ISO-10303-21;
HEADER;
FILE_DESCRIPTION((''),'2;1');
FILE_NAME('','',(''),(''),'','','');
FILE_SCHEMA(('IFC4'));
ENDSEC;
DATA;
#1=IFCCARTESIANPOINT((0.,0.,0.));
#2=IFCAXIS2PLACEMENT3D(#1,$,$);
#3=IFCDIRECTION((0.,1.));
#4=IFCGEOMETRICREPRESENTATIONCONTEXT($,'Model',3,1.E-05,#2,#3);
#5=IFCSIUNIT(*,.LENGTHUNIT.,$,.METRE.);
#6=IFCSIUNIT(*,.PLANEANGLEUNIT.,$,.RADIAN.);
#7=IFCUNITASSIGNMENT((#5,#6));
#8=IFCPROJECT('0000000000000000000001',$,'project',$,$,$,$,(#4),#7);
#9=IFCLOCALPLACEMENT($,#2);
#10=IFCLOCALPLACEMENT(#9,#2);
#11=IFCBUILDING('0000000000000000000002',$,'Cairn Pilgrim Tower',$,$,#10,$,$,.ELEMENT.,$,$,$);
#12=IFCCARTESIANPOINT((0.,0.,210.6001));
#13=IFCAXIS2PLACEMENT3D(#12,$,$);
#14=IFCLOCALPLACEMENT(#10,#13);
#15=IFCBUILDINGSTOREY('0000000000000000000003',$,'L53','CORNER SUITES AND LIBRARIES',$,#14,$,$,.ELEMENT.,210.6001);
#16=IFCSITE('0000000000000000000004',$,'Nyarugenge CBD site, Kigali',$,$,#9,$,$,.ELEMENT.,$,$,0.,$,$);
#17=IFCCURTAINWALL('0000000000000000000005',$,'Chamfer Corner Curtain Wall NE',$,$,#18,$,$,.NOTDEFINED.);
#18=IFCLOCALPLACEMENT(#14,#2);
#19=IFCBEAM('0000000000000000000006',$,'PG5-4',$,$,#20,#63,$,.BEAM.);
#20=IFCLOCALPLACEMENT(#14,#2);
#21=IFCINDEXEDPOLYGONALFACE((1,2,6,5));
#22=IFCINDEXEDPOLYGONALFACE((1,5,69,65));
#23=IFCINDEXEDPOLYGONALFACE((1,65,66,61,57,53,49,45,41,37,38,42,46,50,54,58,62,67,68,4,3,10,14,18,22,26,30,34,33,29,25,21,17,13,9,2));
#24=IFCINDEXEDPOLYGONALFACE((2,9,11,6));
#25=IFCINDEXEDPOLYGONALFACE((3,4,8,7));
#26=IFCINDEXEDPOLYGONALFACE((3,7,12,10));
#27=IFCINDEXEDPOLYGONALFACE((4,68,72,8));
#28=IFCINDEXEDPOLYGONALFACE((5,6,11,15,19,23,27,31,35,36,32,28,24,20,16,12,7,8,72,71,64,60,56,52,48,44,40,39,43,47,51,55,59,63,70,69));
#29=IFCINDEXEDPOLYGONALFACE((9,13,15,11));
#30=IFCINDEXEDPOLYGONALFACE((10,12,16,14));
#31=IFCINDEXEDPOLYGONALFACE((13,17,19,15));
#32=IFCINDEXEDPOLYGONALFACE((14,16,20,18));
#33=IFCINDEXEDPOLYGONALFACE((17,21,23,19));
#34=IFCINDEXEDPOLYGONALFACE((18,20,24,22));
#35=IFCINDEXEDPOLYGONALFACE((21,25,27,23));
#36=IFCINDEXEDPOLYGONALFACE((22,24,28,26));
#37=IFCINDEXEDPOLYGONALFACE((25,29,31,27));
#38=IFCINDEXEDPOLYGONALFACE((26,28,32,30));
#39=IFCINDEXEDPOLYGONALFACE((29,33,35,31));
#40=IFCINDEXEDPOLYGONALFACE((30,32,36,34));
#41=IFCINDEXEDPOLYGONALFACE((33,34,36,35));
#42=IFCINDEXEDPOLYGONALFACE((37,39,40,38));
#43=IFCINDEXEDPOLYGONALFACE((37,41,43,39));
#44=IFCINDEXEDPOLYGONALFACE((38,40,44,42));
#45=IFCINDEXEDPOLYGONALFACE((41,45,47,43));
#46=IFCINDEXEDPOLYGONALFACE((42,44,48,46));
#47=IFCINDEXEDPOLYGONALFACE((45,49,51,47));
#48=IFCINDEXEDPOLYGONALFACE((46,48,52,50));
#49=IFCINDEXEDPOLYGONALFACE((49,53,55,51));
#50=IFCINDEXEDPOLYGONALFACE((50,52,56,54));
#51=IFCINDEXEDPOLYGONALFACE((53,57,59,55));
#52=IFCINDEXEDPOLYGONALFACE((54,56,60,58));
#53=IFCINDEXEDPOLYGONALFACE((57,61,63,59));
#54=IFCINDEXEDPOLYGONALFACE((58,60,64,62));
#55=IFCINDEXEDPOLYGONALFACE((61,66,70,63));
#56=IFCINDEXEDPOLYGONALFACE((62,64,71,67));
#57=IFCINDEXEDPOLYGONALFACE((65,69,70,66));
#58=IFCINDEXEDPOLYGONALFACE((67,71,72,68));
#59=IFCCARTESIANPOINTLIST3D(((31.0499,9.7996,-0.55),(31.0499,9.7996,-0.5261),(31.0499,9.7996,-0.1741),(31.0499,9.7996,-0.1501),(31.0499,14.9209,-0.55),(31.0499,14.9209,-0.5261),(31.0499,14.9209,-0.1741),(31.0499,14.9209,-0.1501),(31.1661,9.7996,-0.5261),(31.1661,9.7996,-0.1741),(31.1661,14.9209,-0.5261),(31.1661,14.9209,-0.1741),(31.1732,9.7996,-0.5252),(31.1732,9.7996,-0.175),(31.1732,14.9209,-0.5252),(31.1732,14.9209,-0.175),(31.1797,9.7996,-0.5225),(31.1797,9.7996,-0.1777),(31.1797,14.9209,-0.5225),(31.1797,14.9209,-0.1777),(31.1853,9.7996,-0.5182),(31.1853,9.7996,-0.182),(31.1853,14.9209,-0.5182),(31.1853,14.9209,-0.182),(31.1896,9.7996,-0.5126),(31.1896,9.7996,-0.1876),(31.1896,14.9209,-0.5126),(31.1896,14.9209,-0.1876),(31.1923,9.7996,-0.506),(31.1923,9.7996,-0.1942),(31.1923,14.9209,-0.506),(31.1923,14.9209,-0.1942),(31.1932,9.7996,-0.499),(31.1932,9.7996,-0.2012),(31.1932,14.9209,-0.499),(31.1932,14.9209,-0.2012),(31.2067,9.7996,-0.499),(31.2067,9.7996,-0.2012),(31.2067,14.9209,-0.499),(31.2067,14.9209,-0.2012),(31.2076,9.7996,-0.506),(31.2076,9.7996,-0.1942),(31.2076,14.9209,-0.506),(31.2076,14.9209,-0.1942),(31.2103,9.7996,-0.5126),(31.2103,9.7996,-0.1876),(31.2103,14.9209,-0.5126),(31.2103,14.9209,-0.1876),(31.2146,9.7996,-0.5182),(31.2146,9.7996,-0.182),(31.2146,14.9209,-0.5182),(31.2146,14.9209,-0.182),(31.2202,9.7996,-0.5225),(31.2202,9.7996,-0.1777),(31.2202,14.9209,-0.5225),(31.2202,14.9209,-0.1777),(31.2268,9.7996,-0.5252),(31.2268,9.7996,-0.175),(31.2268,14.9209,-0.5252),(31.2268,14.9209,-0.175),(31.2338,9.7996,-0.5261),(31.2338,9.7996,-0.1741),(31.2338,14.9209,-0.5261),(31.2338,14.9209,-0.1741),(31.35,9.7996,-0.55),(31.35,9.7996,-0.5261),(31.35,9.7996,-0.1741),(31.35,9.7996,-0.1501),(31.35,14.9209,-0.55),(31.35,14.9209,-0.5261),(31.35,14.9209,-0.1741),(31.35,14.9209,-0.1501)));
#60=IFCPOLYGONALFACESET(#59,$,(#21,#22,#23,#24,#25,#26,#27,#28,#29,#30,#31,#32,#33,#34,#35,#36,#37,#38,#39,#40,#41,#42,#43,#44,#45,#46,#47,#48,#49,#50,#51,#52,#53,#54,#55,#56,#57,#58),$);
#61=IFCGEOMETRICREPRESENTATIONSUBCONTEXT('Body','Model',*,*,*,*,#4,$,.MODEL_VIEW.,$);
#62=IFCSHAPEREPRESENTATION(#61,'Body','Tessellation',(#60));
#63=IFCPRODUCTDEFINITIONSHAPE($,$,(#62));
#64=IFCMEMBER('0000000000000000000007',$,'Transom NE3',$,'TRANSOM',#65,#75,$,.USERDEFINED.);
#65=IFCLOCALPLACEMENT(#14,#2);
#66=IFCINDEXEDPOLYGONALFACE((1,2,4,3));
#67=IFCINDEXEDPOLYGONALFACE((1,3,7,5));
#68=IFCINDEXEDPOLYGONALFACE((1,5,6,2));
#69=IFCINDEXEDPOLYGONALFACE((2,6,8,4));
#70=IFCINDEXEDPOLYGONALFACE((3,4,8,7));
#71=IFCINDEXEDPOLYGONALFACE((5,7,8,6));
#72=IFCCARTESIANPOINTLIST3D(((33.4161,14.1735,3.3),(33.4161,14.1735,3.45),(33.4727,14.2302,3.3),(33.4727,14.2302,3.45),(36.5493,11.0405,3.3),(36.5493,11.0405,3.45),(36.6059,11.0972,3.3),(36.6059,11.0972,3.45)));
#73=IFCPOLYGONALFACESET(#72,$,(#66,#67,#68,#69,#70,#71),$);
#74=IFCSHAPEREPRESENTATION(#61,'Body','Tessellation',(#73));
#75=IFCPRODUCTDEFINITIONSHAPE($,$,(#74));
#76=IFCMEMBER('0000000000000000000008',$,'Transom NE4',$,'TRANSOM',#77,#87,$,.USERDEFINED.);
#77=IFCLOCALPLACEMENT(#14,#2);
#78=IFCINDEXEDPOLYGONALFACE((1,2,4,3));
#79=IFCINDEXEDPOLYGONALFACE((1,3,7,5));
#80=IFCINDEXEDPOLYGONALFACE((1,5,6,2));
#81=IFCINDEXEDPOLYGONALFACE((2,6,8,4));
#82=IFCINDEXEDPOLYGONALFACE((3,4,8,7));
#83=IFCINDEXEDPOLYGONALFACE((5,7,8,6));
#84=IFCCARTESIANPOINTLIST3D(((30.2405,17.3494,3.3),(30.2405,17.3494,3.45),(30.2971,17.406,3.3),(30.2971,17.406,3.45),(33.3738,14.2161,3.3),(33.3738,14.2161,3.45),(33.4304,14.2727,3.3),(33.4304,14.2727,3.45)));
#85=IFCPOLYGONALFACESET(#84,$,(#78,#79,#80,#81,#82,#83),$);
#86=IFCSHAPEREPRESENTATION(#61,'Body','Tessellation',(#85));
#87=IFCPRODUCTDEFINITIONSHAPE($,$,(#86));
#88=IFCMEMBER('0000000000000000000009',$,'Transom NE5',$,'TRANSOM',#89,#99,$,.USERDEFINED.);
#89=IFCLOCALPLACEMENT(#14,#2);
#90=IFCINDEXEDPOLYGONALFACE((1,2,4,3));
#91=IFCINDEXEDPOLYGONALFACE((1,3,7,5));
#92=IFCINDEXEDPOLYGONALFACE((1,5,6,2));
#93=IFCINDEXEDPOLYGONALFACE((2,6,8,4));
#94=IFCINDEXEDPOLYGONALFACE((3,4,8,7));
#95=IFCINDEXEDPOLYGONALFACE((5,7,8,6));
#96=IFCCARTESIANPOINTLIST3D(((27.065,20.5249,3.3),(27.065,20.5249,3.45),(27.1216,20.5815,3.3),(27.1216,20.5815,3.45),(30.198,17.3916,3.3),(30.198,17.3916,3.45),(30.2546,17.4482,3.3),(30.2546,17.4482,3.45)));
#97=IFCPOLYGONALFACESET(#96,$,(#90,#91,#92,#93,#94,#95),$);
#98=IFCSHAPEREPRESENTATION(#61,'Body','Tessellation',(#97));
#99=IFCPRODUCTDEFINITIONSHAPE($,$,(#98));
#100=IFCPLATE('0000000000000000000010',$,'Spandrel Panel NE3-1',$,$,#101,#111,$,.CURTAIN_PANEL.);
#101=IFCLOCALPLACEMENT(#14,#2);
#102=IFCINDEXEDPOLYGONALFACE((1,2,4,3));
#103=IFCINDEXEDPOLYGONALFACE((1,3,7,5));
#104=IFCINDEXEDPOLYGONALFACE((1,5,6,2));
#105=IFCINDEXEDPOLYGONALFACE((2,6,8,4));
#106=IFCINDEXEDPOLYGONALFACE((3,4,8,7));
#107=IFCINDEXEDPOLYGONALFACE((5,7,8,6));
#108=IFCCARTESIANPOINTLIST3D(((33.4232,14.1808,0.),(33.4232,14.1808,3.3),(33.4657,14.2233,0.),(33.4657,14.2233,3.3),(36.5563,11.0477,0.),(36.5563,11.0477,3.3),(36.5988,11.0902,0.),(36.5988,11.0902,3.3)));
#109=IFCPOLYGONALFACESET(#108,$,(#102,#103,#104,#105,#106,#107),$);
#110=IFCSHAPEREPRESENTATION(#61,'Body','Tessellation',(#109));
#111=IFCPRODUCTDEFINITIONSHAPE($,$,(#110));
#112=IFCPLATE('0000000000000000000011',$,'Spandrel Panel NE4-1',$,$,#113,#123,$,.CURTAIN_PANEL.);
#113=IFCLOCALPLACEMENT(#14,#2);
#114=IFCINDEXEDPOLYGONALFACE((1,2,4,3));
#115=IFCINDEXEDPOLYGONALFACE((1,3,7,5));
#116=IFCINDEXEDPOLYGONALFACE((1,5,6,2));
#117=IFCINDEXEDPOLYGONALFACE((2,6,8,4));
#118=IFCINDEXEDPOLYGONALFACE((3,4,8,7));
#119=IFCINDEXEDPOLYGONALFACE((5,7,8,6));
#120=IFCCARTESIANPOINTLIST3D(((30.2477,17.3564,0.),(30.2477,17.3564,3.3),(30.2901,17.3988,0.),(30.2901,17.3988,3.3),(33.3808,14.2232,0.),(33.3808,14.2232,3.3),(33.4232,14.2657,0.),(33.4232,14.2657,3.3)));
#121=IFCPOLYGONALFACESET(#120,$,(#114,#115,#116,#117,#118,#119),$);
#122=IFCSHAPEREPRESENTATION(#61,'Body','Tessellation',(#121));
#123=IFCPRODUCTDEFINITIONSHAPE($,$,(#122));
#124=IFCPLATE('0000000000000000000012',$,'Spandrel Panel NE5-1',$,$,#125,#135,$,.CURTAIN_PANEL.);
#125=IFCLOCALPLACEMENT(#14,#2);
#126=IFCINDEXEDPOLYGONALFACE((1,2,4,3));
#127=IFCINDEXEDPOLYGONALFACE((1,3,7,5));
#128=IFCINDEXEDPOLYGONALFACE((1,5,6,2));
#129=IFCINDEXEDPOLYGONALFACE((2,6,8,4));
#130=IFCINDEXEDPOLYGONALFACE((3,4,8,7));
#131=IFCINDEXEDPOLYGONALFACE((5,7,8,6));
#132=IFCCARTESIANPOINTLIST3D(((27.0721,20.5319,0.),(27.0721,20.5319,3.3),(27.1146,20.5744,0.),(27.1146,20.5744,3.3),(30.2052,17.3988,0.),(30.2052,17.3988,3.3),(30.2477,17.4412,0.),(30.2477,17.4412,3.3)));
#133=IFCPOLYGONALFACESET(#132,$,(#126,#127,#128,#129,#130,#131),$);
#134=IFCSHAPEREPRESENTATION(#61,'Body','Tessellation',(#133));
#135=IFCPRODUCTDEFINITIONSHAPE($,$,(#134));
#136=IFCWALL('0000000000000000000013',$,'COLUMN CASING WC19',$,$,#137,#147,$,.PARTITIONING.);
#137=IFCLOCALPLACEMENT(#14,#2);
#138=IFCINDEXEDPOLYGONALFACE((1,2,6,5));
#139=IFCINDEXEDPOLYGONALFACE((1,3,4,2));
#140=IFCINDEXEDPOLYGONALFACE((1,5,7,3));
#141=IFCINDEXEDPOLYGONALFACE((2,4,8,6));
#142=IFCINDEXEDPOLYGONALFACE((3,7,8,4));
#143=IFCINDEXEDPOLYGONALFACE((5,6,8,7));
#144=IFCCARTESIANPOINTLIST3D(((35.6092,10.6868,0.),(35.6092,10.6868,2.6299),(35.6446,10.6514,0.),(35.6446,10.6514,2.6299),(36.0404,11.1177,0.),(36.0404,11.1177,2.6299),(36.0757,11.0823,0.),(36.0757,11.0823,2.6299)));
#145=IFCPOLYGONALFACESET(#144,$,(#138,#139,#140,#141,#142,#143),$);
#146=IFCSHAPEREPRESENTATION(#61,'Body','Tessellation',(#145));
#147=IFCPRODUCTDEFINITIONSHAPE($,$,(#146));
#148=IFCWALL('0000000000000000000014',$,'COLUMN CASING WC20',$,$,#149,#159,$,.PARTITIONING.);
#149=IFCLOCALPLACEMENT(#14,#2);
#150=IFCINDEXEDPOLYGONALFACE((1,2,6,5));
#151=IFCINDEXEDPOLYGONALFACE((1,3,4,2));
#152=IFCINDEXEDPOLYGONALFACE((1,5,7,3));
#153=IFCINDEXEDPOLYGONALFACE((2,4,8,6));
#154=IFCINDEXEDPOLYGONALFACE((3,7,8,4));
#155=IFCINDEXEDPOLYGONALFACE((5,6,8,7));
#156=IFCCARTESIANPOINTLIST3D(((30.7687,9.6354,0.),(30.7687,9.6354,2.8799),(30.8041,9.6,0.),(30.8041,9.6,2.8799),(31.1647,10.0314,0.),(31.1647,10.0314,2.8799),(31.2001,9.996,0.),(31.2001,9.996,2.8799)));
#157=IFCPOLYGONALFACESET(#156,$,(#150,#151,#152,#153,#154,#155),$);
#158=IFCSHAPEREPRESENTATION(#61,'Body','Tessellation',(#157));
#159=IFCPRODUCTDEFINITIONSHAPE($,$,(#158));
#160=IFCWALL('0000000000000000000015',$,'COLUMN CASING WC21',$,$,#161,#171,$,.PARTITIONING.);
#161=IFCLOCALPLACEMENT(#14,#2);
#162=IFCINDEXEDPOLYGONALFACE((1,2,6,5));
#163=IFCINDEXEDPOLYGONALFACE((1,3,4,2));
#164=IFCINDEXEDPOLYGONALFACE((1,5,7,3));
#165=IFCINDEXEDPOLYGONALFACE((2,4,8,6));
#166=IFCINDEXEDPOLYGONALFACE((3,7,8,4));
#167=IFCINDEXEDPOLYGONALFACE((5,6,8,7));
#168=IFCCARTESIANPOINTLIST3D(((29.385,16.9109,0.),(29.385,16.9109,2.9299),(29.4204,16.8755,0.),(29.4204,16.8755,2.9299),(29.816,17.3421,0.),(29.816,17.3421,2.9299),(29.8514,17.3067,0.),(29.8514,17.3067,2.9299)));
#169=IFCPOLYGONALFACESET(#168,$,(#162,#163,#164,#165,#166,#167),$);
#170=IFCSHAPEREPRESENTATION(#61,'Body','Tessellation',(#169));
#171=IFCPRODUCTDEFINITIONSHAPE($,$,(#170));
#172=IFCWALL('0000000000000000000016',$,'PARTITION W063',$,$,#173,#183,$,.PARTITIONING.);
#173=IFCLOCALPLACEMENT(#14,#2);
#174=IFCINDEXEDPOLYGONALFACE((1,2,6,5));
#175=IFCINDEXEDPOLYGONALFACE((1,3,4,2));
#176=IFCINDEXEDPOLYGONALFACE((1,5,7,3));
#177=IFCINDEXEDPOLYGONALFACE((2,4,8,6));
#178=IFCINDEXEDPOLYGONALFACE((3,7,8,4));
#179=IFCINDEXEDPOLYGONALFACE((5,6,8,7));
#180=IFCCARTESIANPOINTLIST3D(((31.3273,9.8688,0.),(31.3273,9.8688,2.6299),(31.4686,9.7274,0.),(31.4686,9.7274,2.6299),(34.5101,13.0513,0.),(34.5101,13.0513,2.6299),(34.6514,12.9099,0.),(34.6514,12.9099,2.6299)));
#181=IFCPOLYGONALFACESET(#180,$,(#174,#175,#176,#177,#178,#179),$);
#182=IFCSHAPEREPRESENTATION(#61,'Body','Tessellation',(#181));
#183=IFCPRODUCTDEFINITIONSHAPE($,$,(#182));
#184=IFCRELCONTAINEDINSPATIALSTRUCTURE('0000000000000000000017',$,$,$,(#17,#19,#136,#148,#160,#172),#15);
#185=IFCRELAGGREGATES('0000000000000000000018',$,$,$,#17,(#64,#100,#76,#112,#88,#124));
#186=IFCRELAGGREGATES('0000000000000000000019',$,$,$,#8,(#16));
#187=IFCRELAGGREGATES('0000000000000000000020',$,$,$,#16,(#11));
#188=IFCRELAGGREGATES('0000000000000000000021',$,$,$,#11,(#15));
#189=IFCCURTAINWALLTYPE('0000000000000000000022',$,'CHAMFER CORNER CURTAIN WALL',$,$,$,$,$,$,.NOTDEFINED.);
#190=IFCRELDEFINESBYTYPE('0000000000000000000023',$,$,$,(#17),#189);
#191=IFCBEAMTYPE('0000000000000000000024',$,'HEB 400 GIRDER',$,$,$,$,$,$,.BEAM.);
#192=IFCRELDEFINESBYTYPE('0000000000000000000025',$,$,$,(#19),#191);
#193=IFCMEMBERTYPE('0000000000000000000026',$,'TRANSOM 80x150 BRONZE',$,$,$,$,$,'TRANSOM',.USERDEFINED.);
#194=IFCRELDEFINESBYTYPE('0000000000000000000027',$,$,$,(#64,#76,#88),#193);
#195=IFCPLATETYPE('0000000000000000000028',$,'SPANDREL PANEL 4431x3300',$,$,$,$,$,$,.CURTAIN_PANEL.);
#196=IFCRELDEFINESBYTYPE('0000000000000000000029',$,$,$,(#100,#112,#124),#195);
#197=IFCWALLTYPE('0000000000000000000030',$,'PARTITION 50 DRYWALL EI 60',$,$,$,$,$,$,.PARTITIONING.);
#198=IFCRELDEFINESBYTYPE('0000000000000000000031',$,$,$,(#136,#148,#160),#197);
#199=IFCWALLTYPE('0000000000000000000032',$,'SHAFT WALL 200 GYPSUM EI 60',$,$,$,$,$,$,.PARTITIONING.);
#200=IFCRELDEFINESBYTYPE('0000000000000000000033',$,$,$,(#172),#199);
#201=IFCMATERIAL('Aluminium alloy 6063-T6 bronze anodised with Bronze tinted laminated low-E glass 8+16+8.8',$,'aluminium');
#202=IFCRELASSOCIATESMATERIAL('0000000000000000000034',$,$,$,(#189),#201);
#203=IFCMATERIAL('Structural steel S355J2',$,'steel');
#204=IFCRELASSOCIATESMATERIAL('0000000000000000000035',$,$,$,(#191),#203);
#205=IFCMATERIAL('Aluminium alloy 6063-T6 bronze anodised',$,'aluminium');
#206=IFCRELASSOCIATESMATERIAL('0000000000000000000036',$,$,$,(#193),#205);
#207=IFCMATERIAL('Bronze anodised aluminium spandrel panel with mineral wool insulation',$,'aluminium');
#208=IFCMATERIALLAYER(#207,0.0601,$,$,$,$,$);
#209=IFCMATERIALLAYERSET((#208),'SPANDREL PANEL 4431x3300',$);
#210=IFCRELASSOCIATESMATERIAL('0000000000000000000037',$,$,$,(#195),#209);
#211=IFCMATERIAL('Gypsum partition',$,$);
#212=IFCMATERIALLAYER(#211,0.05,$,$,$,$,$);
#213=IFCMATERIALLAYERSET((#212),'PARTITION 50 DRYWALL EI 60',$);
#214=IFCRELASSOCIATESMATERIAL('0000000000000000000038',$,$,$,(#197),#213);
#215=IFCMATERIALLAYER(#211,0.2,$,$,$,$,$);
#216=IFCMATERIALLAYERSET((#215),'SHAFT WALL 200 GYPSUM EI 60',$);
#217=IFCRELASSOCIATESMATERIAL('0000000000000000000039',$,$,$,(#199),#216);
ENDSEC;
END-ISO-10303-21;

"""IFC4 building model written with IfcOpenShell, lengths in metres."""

from ifc_helpers import new_model, si_unit, direction, frame, frame_2d, origin, origin_2d, place, context, subcontext, project, spatial, rectangle, i_section, extrude, material, layer, layer_set, material_profile, profile_set, type_object, element, aggregate, save


model = new_model("IFC4")

# Units and contexts
model_context = context("Model", 3, precision=1e-05, world=origin(), true_north=direction((0.0, 1.0)))
body_context = subcontext(model_context, "Body", "Model", "MODEL_VIEW")
ifc_project = project(units=[si_unit("LENGTHUNIT", "METRE"), si_unit("PLANEANGLEUNIT", "RADIAN")], contexts=[model_context])

# Site, building, storey
site_placement = place(None, origin())
site = spatial("IfcSite", under=ifc_project, at=site_placement, Name="Nyarugenge CBD site, Kigali", CompositionType="ELEMENT", RefElevation=0.0)
building_placement = place(site_placement, origin())
building = spatial("IfcBuilding", under=site, at=building_placement, Name="Cairn Pilgrim Tower", CompositionType="ELEMENT")
storey_placement = place(building_placement, frame((0.0, 0.0, 210.6001)))
storey = spatial("IfcBuildingStorey", under=building, at=storey_placement, Name="L53", Description="CORNER SUITES AND LIBRARIES", CompositionType="ELEMENT", Elevation=210.6001)

# Curtain wall
ifc_material_1 = material(Name="Aluminium alloy 6063-T6 bronze anodised with Bronze tinted laminated low-E glass 8+16+8.8", Category="aluminium")
curtain_wall_type = type_object("IfcCurtainWallType", Name="CHAMFER CORNER CURTAIN WALL", PredefinedType="NOTDEFINED", material=ifc_material_1)
curtain_wall_placement = place(storey_placement, origin())
curtain_wall = element("IfcCurtainWall", 1, at=curtain_wall_placement, inside=storey, type_object=curtain_wall_type, Name="Chamfer Corner Curtain Wall NE", PredefinedType="NOTDEFINED")
ifc_material_2 = material(Name="Aluminium alloy 6063-T6 bronze anodised", Category="aluminium")

# Beam
ifc_material_3 = material(Name="Structural steel S355J2", Category="steel")
ifc_material_profile_1 = material_profile(ifc_material_3, i_section(OverallWidth=0.3, OverallDepth=0.3999, WebThickness=0.0134, FlangeThickness=0.0239, FilletRadius=0.0271, at=origin_2d()), Name="HEB 400")
ifc_profile_set_1 = profile_set([ifc_material_profile_1], Name="Structural steel S355J2")
beam_type = type_object("IfcBeamType", Name="HEB 400 GIRDER", PredefinedType="BEAM", material=ifc_profile_set_1)
beam_placement = place(storey_placement, frame((31.2, 9.7996, -0.3501), z_axis=(0.0, 1.0, 0.0), x_axis=(-1.0, 0.0, 0.0)))
element("IfcBeam", 2, at=beam_placement, inside=storey, type_object=beam_type, Name="PG5-4", PredefinedType="BEAM", context=body_context, shape_type="SweptSolid", body=[
    extrude(i_section(OverallWidth=0.3, OverallDepth=0.3999, WebThickness=0.0134, FlangeThickness=0.0239, FilletRadius=0.0271, at=origin_2d()), origin(), (0.0, 0.0, 1.0), 5.1213),
])

# Members
ifc_material_profile_2 = material_profile(ifc_material_2, rectangle(XDim=0.0801, YDim=0.1499, at=origin_2d()), Name="TRANSOM 80x150 BRONZE")
ifc_profile_set_2 = profile_set([ifc_material_profile_2], Name="Aluminium alloy 6063-T6 bronze anodised")
member_type_1 = type_object("IfcMemberType", Name="TRANSOM 80x150 BRONZE", ElementType="TRANSOM", PredefinedType="USERDEFINED", material=ifc_profile_set_2)
member_1_placement = place(storey_placement, frame((36.5776, 11.0688, 3.375), z_axis=(-0.707134, 0.707079, 0.0), x_axis=(-0.707079, -0.707134, 0.0)))
member_1 = element("IfcMember", 3, at=member_1_placement, type_object=member_type_1, Name="Transom NE3", ObjectType="TRANSOM", PredefinedType="USERDEFINED", context=body_context, shape_type="SweptSolid", body=[
    extrude(rectangle(XDim=0.0801, YDim=0.1499, at=origin_2d()), origin(), (0.0, 0.0, 1.0), 4.4309),
])
member_2_placement = place(storey_placement, frame((33.4021, 14.2444, 3.375), z_axis=(-0.707107, 0.707107, 0.0), x_axis=(-0.707107, -0.707107, 0.0)))
member_2 = element("IfcMember", 4, at=member_2_placement, type_object=member_type_1, Name="Transom NE4", ObjectType="TRANSOM", PredefinedType="USERDEFINED", context=body_context, shape_type="SweptSolid", body=[
    extrude(rectangle(XDim=0.0801, YDim=0.1499, at=origin_2d()), origin(), (0.0, 0.0, 1.0), 4.4312),
])
member_3_placement = place(storey_placement, frame((30.2263, 17.4199, 3.375), z_axis=(-0.707079, 0.707134, 0.0), x_axis=(-0.707134, -0.707079, 0.0)))
member_3 = element("IfcMember", 5, at=member_3_placement, type_object=member_type_1, Name="Transom NE5", ObjectType="TRANSOM", PredefinedType="USERDEFINED", context=body_context, shape_type="SweptSolid", body=[
    extrude(rectangle(XDim=0.0801, YDim=0.1499, at=origin_2d()), origin(), (0.0, 0.0, 1.0), 4.4309),
])

# Plates
ifc_material_4 = material(Name="Bronze anodised aluminium spandrel panel with mineral wool insulation", Category="aluminium")
ifc_layer_1 = layer(ifc_material_4, 0.0601)
ifc_layer_set_1 = layer_set([ifc_layer_1], Name="SPANDREL PANEL 4431x3300")
plate_type = type_object("IfcPlateType", Name="SPANDREL PANEL 4431x3300", PredefinedType="CURTAIN_PANEL", material=ifc_layer_set_1)
plate_1_placement = place(storey_placement, frame((35.011, 12.6355, 0.0), z_axis=(0.0, 0.0, 1.0), x_axis=(-0.707107, 0.707107, 0.0)))
plate_1 = element("IfcPlate", 6, at=plate_1_placement, type_object=plate_type, Name="Spandrel Panel NE3-1", PredefinedType="CURTAIN_PANEL", context=body_context, shape_type="SweptSolid", body=[
    extrude(rectangle(XDim=4.4309, YDim=0.0601, at=origin_2d()), origin(), (0.0, 0.0, 1.0), 3.3),
])
plate_2_placement = place(storey_placement, frame((31.8354, 15.811, 0.0), z_axis=(0.0, 0.0, 1.0), x_axis=(-0.707107, 0.707107, 0.0)))
plate_2 = element("IfcPlate", 7, at=plate_2_placement, type_object=plate_type, Name="Spandrel Panel NE4-1", PredefinedType="CURTAIN_PANEL", context=body_context, shape_type="SweptSolid", body=[
    extrude(rectangle(XDim=4.4309, YDim=0.0601, at=origin_2d()), origin(), (0.0, 0.0, 1.0), 3.3),
])
plate_3_placement = place(storey_placement, frame((28.6599, 18.9866, 0.0), z_axis=(0.0, 0.0, 1.0), x_axis=(-0.707107, 0.707107, 0.0)))
plate_3 = element("IfcPlate", 8, at=plate_3_placement, type_object=plate_type, Name="Spandrel Panel NE5-1", PredefinedType="CURTAIN_PANEL", context=body_context, shape_type="SweptSolid", body=[
    extrude(rectangle(XDim=4.4309, YDim=0.0601, at=origin_2d()), origin(), (0.0, 0.0, 1.0), 3.3),
])
aggregate(curtain_wall, [member_1, plate_1, member_2, plate_2, member_3, plate_3])

# Walls
ifc_material_5 = material(Name="Gypsum partition")
ifc_layer_2 = layer(ifc_material_5, 0.05)
ifc_layer_set_2 = layer_set([ifc_layer_2], Name="PARTITION 50 DRYWALL EI 60")
wall_type_1 = type_object("IfcWallType", Name="PARTITION 50 DRYWALL EI 60", PredefinedType="PARTITIONING", material=ifc_layer_set_2)
wall_1_placement = place(storey_placement, frame((35.627, 10.6692, 0.0), z_axis=(0.0, 0.0, 1.0), x_axis=(0.707307, 0.706906, 0.0)))
element("IfcWall", 9, at=wall_1_placement, inside=storey, type_object=wall_type_1, Name="COLUMN CASING WC19", PredefinedType="PARTITIONING", context=body_context, shape_type="SweptSolid", body=[
    extrude(rectangle(XDim=0.6096, YDim=0.05, at=frame_2d((0.3047, 0.0))), origin(), (0.0, 0.0, 1.0), 2.6299),
])
wall_2_placement = place(storey_placement, frame((30.7864, 9.6177, 0.0), z_axis=(0.0, 0.0, 1.0), x_axis=(0.707107, 0.707107, 0.0)))
element("IfcWall", 10, at=wall_2_placement, inside=storey, type_object=wall_type_1, Name="COLUMN CASING WC20", PredefinedType="PARTITIONING", context=body_context, shape_type="SweptSolid", body=[
    extrude(rectangle(XDim=0.5601, YDim=0.05, at=frame_2d((0.28, 0.0))), origin(), (0.0, 0.0, 1.0), 2.8799),
])
wall_3_placement = place(storey_placement, frame((29.4028, 16.8933, 0.0), z_axis=(0.0, 0.0, 1.0), x_axis=(0.706906, 0.707307, 0.0)))
element("IfcWall", 11, at=wall_3_placement, inside=storey, type_object=wall_type_1, Name="COLUMN CASING WC21", PredefinedType="PARTITIONING", context=body_context, shape_type="SweptSolid", body=[
    extrude(rectangle(XDim=0.6096, YDim=0.05, at=frame_2d((0.3047, 0.0))), origin(), (0.0, 0.0, 1.0), 2.9299),
])
ifc_layer_3 = layer(ifc_material_5, 0.2)
ifc_layer_set_3 = layer_set([ifc_layer_3], Name="SHAFT WALL 200 GYPSUM EI 60")
wall_type_2 = type_object("IfcWallType", Name="SHAFT WALL 200 GYPSUM EI 60", PredefinedType="PARTITIONING", material=ifc_layer_set_3)
wall_4_placement = place(storey_placement, frame((31.3979, 9.7981, 0.0), z_axis=(0.0, 0.0, 1.0), x_axis=(0.707134, 0.70708, 0.0)))
element("IfcWall", 12, at=wall_4_placement, inside=storey, type_object=wall_type_2, Name="PARTITION W063", PredefinedType="PARTITIONING", context=body_context, shape_type="SweptSolid", body=[
    extrude(rectangle(XDim=4.501, YDim=0.2, at=frame_2d((2.2505, 0.0))), origin(), (0.0, 0.0, 1.0), 2.6299),
])

save(model, "model.ifc")
